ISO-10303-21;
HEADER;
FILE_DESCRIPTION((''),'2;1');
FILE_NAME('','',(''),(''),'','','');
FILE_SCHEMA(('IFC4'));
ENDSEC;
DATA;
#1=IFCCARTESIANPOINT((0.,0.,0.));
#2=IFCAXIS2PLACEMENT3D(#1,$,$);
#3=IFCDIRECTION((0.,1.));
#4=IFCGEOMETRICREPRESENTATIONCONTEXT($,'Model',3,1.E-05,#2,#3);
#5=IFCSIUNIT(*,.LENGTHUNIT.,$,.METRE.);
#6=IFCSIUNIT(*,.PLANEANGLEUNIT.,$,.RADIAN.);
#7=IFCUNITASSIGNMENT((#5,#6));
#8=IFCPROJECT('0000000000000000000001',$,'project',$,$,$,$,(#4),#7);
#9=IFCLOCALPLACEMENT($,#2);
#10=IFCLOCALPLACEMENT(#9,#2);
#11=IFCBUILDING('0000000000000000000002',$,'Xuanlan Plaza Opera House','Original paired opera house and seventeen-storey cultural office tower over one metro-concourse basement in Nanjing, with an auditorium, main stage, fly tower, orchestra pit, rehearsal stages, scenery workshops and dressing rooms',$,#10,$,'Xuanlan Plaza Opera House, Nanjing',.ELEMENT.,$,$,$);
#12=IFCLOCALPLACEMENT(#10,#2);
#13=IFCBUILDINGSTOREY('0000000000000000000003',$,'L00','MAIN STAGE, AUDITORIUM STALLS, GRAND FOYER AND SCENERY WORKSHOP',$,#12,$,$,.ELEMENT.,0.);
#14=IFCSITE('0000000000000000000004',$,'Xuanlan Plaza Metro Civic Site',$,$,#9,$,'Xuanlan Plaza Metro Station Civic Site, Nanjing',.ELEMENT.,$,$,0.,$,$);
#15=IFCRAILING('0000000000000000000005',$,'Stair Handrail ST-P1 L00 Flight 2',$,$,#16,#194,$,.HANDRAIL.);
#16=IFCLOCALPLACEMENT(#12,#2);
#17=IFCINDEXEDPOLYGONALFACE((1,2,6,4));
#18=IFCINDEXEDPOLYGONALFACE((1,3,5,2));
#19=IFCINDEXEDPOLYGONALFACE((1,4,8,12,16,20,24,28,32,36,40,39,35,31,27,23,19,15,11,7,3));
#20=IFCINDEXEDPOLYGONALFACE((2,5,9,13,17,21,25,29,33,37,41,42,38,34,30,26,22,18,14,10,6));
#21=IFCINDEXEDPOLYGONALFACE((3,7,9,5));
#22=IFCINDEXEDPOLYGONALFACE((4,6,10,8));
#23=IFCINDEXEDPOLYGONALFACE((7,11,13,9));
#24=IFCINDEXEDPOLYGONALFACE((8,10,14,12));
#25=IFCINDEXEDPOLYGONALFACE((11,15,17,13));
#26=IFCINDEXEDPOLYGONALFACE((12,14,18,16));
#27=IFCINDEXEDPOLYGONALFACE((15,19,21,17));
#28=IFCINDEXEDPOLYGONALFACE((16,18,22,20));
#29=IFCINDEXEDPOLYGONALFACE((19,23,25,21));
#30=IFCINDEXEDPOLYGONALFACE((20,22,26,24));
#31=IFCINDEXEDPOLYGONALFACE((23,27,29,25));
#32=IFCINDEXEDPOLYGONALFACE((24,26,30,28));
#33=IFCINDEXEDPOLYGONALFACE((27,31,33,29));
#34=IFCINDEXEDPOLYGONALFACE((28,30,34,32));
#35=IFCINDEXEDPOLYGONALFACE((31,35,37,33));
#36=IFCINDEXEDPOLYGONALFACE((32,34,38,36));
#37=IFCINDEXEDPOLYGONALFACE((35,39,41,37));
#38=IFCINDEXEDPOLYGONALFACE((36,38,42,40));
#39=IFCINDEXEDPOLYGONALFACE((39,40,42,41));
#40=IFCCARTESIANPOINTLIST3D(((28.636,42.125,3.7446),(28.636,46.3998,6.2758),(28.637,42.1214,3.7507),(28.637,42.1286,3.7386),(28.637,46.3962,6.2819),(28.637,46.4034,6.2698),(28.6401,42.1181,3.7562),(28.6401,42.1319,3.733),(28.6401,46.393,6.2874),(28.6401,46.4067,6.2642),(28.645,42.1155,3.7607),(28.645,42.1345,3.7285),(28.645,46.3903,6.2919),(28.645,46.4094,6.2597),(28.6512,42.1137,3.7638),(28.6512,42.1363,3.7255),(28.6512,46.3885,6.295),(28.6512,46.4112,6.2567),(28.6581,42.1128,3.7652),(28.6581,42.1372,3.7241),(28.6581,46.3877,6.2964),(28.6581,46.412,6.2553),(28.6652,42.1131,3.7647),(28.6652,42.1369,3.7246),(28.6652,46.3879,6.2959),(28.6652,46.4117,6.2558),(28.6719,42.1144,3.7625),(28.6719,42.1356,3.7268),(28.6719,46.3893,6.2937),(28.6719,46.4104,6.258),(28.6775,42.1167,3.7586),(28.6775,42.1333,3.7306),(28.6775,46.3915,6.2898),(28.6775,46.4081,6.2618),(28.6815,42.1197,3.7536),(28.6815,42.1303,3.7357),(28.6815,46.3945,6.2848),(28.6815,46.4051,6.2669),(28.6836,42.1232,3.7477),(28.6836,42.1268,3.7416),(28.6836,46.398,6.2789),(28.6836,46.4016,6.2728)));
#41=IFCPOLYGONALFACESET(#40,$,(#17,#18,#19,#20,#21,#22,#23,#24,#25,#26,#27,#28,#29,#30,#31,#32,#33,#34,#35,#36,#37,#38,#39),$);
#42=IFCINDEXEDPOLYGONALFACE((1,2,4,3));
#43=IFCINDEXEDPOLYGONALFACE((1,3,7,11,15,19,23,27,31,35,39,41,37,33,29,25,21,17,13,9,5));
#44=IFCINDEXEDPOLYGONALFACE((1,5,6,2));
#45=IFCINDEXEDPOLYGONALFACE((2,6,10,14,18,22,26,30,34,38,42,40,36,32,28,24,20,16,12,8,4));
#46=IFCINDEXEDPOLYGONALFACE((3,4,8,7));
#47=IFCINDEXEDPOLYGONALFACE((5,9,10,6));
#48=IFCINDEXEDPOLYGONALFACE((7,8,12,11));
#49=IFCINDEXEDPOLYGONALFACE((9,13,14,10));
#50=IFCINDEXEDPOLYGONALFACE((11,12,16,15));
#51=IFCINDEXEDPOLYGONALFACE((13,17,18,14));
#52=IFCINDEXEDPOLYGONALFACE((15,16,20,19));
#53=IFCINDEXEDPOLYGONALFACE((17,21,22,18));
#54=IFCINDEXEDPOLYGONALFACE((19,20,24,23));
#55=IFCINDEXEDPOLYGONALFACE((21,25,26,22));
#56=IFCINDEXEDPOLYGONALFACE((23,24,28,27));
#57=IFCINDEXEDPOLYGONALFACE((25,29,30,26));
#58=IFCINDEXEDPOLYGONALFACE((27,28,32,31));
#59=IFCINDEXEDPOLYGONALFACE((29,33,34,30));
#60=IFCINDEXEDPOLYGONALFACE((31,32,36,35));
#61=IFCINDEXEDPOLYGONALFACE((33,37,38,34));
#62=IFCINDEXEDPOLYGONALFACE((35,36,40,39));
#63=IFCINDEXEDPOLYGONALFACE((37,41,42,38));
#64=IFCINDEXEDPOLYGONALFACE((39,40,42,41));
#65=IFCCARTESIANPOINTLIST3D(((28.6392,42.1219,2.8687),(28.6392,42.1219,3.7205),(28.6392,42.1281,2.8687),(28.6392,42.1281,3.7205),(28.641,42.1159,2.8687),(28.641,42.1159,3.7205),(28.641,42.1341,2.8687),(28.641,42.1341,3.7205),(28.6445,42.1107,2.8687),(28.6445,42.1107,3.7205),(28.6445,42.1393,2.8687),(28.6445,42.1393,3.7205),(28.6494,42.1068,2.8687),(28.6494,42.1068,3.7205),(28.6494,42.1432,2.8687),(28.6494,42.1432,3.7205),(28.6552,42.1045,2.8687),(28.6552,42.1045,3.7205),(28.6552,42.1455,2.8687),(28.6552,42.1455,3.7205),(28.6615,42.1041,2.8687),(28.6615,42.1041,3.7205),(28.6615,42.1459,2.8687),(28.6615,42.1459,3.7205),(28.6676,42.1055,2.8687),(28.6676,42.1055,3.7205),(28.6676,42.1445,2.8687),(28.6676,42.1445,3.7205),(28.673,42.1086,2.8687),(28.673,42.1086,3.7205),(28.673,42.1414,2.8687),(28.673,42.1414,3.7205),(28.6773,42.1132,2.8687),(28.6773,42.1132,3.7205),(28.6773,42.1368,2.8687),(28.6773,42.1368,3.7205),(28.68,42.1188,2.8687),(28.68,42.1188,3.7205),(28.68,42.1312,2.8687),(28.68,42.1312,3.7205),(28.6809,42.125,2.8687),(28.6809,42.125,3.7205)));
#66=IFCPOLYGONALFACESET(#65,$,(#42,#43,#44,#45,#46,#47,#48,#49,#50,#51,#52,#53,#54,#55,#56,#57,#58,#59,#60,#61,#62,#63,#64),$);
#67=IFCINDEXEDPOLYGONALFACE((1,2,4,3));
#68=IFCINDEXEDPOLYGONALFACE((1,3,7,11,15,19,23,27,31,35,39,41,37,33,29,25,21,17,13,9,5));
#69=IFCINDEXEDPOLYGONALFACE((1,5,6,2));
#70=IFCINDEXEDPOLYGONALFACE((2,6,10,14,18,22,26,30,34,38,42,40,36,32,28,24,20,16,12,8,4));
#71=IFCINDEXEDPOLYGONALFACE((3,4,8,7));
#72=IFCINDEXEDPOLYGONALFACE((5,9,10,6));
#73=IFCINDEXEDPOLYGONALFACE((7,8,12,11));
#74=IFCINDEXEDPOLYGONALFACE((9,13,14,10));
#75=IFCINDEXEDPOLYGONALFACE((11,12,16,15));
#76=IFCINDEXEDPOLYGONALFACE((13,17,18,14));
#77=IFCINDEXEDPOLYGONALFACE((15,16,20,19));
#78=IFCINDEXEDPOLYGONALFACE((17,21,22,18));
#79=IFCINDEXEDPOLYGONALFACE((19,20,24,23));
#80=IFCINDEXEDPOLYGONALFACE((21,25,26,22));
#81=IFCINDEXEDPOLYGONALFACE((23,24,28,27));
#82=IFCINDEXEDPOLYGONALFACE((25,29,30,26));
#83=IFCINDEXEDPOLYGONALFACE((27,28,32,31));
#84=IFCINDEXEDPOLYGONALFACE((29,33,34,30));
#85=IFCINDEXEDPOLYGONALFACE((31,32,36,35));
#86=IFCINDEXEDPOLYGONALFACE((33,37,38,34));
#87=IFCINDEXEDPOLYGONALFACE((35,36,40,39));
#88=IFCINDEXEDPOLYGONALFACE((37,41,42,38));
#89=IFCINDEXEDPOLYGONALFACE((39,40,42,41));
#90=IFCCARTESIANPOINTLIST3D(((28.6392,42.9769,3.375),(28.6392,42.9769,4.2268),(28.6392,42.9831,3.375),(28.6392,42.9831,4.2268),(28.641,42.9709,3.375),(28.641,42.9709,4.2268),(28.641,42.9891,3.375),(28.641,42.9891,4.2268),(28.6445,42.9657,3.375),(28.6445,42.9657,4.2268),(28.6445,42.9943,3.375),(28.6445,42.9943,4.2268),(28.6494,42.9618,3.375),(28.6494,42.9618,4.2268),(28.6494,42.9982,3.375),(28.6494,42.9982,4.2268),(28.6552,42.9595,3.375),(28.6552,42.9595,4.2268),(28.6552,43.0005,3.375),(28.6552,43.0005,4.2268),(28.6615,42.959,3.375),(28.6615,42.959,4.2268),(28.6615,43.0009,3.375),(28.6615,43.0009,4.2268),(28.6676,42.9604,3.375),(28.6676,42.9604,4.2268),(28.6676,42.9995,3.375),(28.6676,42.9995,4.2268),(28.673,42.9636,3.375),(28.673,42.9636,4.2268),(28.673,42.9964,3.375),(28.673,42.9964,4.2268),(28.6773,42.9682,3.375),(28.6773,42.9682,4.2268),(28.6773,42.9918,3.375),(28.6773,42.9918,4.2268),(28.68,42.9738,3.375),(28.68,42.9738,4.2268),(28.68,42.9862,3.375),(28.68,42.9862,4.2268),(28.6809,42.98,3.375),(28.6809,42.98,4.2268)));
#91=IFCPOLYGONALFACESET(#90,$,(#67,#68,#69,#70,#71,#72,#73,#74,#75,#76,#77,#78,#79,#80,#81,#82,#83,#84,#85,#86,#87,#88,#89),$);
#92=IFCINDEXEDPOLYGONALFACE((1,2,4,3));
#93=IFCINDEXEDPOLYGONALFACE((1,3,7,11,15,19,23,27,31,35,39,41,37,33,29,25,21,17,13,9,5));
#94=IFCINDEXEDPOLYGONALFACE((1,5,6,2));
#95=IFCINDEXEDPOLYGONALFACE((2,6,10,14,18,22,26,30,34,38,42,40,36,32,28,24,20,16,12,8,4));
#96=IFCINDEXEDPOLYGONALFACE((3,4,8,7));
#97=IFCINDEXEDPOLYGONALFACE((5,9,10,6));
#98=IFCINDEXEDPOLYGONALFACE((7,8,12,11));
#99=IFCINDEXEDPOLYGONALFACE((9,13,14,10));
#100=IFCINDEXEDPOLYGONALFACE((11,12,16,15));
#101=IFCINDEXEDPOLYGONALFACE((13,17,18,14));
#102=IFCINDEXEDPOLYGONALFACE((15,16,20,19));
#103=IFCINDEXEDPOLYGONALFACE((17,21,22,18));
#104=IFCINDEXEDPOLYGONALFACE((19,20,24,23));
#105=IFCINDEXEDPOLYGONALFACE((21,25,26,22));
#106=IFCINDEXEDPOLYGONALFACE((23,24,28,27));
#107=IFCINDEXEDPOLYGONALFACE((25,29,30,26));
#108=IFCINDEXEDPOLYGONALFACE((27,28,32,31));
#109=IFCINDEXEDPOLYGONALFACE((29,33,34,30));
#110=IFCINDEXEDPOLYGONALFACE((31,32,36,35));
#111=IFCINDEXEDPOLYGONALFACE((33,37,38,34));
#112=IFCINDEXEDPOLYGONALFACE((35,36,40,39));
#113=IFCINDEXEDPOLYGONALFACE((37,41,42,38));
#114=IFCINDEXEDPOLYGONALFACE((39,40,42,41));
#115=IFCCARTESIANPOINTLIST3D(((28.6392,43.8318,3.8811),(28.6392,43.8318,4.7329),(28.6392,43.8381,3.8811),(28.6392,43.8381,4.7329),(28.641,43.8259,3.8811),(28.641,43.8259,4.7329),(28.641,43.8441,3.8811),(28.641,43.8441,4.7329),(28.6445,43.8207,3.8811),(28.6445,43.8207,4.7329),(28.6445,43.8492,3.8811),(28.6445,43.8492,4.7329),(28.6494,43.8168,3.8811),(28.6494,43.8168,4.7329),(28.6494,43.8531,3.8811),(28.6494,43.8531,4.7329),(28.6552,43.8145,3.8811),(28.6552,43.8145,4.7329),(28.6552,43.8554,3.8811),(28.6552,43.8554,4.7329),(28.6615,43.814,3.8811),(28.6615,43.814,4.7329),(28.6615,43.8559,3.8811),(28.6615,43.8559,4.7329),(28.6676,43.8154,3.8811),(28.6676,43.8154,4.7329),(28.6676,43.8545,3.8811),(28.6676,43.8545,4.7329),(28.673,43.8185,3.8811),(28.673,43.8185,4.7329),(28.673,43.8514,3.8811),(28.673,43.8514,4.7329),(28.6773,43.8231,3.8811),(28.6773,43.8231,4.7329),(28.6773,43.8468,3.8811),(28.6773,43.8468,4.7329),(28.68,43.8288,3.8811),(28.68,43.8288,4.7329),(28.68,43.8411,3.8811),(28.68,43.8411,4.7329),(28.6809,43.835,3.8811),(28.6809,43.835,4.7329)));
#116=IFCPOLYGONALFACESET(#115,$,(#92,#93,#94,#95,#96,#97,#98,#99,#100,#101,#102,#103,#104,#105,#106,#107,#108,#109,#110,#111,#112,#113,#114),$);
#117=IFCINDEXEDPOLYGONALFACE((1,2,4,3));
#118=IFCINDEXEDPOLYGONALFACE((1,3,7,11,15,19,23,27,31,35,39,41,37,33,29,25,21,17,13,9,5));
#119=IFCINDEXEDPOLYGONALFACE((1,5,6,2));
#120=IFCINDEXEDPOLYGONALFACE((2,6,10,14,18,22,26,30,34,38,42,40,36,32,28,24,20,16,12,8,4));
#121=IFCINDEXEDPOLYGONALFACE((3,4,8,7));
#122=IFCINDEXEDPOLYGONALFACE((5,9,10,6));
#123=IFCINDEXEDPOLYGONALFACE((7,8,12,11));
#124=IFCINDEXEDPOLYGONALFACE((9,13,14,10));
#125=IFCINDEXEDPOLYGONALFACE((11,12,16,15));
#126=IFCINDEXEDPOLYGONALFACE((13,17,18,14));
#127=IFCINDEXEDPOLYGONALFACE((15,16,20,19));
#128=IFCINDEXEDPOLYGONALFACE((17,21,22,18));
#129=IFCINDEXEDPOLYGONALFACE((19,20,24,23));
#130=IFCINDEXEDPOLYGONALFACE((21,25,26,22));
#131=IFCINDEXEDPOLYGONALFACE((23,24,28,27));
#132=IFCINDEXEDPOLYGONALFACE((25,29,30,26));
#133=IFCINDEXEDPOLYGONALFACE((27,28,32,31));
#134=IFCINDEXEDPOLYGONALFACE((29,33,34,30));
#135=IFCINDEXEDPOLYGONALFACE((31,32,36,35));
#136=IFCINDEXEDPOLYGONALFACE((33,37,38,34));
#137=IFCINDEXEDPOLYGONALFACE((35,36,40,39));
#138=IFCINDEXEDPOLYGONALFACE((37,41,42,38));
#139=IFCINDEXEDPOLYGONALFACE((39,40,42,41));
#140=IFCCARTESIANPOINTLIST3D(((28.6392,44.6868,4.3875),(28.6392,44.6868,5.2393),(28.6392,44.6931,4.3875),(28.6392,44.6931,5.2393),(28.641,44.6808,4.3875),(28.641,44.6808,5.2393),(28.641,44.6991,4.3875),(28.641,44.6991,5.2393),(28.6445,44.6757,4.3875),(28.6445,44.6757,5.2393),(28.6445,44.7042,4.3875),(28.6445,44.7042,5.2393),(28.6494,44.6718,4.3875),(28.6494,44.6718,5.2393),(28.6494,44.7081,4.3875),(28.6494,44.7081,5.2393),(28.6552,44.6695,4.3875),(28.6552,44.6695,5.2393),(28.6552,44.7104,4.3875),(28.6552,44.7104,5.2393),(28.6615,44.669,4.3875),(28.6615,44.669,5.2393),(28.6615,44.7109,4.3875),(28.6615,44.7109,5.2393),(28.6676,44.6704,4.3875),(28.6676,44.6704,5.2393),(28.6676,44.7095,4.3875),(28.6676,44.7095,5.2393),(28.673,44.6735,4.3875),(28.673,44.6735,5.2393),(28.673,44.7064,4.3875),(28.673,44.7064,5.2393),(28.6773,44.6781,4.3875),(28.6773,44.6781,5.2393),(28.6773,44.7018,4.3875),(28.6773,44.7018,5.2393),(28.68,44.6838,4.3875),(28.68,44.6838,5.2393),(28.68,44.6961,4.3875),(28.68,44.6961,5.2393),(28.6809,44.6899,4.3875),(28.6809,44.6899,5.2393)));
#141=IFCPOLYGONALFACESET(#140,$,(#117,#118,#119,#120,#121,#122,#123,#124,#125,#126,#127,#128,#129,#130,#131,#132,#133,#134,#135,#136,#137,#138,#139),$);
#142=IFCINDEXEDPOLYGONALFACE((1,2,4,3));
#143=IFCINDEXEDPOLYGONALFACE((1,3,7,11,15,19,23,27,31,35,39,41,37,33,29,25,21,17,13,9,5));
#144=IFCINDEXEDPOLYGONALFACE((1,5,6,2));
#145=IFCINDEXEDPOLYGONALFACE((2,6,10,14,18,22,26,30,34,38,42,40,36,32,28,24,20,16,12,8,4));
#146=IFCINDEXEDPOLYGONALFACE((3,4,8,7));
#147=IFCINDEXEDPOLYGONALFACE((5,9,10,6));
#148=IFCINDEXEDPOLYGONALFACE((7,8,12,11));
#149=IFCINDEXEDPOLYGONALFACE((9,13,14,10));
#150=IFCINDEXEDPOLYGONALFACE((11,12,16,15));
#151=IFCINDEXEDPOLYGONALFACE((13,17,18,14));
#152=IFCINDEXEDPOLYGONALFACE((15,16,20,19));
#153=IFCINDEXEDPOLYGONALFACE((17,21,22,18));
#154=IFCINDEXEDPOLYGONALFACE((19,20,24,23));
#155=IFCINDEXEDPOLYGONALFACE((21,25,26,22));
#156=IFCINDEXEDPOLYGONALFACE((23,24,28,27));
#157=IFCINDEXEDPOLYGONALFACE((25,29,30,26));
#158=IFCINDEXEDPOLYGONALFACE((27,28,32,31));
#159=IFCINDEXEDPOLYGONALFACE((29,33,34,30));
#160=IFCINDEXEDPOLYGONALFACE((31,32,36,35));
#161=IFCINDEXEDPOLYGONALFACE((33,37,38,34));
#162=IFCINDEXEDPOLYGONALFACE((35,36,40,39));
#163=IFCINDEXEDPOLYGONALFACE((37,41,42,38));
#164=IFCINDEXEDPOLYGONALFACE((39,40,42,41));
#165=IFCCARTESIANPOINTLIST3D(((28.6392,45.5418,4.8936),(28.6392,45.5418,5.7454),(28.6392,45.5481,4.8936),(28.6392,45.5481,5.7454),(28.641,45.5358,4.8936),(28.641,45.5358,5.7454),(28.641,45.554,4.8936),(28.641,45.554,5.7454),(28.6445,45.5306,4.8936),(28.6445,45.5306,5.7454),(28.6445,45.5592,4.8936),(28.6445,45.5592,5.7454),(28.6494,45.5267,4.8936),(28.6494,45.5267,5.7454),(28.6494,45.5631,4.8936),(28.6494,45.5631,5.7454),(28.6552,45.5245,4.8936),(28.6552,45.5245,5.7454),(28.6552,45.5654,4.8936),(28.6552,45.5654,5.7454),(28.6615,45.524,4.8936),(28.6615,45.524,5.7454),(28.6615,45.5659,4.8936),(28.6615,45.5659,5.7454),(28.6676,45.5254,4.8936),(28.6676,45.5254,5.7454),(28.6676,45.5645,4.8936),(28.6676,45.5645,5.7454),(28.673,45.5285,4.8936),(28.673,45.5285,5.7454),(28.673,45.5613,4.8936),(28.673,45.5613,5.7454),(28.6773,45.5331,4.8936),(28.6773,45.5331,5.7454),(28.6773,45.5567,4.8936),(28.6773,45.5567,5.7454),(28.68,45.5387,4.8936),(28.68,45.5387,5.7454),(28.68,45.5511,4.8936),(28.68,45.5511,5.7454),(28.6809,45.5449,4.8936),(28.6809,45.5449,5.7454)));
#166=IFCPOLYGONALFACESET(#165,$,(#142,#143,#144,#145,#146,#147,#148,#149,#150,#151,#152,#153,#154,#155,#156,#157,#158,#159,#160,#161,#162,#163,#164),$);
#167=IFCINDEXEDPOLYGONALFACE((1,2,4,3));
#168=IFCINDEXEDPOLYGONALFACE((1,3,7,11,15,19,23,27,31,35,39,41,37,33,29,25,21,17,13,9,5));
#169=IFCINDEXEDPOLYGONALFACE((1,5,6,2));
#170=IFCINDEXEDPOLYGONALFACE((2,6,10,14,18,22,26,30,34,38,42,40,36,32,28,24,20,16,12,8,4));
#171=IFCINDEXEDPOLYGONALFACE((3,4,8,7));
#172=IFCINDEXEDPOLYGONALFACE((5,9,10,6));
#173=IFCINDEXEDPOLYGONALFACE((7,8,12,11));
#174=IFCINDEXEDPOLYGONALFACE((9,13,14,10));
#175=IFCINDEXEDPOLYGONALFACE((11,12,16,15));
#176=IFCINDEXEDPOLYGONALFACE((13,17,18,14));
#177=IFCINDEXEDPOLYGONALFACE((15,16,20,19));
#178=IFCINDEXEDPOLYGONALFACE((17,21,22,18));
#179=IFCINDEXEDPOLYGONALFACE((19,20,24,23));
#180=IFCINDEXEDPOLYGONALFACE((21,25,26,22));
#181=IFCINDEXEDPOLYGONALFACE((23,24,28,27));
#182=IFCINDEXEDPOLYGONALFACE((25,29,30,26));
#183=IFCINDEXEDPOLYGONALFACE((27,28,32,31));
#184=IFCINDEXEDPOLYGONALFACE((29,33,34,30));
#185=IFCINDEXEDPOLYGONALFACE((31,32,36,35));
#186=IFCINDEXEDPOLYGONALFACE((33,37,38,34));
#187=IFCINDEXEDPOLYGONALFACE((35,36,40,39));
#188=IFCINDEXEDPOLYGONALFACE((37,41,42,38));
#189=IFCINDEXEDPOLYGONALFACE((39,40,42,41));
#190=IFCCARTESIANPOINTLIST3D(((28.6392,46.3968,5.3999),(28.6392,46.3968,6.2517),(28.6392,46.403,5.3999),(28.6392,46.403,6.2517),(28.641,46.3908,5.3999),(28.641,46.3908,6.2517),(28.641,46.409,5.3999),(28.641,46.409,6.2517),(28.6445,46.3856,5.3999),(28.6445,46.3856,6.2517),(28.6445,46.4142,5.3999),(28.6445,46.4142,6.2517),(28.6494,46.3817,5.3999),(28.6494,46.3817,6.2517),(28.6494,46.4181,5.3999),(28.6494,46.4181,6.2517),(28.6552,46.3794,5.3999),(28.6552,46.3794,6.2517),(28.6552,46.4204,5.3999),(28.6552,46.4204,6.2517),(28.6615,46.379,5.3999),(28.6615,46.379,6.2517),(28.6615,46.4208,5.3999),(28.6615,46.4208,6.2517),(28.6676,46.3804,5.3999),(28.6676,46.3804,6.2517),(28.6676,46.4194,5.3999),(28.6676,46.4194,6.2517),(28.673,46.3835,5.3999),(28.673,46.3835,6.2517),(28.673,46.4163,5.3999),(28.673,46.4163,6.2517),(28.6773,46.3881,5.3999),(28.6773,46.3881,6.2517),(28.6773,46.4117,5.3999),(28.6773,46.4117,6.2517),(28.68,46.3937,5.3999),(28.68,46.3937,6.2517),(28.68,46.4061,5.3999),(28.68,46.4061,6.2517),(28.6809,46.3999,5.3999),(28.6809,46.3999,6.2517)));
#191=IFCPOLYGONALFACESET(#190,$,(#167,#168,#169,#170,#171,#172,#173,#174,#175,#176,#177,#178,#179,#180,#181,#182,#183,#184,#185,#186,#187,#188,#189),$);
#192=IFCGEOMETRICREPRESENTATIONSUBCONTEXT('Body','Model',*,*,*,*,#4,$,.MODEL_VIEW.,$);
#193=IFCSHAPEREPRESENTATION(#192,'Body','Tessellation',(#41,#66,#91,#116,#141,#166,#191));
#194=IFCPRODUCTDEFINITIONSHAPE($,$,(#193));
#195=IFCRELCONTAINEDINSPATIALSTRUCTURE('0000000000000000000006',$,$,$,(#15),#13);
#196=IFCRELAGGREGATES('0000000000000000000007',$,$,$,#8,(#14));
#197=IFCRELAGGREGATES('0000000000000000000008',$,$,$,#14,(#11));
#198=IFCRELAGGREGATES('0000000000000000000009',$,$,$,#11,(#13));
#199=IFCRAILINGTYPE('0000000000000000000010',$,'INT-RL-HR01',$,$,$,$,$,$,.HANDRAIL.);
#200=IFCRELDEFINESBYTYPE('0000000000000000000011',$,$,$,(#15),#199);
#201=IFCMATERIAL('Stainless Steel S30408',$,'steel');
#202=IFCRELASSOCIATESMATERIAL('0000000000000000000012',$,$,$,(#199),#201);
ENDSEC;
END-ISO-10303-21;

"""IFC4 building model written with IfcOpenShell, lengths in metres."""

from ifc_helpers import new_model, si_unit, direction, frame, origin, origin_2d, place, context, subcontext, project, spatial, circle, extrude, material, type_object, element, save


model = new_model("IFC4")

# Units and contexts
model_context = context("Model", 3, precision=1e-05, world=origin(), true_north=direction((0.0, 1.0)))
body_context = subcontext(model_context, "Body", "Model", "MODEL_VIEW")
ifc_project = project(units=[si_unit("LENGTHUNIT", "METRE"), si_unit("PLANEANGLEUNIT", "RADIAN")], contexts=[model_context])

# Site, building, storey
site_placement = place(None, origin())
site = spatial("IfcSite", under=ifc_project, at=site_placement, Name="Xuanlan Plaza Metro Civic Site", LongName="Xuanlan Plaza Metro Station Civic Site, Nanjing", CompositionType="ELEMENT", RefElevation=0.0)
building_placement = place(site_placement, origin())
building = spatial("IfcBuilding", under=site, at=building_placement, Name="Xuanlan Plaza Opera House", Description="Original paired opera house and seventeen-storey cultural office tower over one metro-concourse basement in Nanjing, with an auditorium, main stage, fly tower, orchestra pit, rehearsal stages, scenery workshops and dressing rooms", LongName="Xuanlan Plaza Opera House, Nanjing", CompositionType="ELEMENT")
storey_placement = place(building_placement, origin())
storey = spatial("IfcBuildingStorey", under=building, at=storey_placement, Name="L00", Description="MAIN STAGE, AUDITORIUM STALLS, GRAND FOYER AND SCENERY WORKSHOP", CompositionType="ELEMENT", Elevation=0.0)

# Railing
ifc_material_1 = material(Name="Stainless Steel S30408", Category="steel")
railing_type = type_object("IfcRailingType", Name="INT-RL-HR01", PredefinedType="HANDRAIL", material=ifc_material_1)
for number, where, name in (
    (1, (28.6599, 42.125, 2.8687), "Stair Handrail ST-P1 L00 Flight 2"),
):
    element("IfcRailing", number, at=place(storey_placement, frame(where)), inside=storey, type_object=railing_type, Name=name, PredefinedType="HANDRAIL", context=body_context, shape_type="SweptSolid", body=[
        extrude(circle(Radius=0.0239, at=origin_2d()), frame((0.0, 0.0, 0.876), z_axis=(0.0, 0.86047, 0.509501), x_axis=(-1.0, 0.0, 0.0)), (0.0, 0.0, 1.0), 4.968),
        extrude(circle(Radius=0.021, at=origin_2d()), origin(), (0.0, 0.0, 1.0), 0.8518),
        extrude(circle(Radius=0.021, at=origin_2d()), frame((0.0, 0.855, 0.5063)), (0.0, 0.0, 1.0), 0.8518),
        extrude(circle(Radius=0.021, at=origin_2d()), frame((0.0, 1.71, 1.0125)), (0.0, 0.0, 1.0), 0.8518),
        extrude(circle(Radius=0.021, at=origin_2d()), frame((0.0, 2.5649, 1.5188)), (0.0, 0.0, 1.0), 0.8518),
        extrude(circle(Radius=0.021, at=origin_2d()), frame((0.0, 3.4199, 2.0249)), (0.0, 0.0, 1.0), 0.8518),
        extrude(circle(Radius=0.021, at=origin_2d()), frame((0.0, 4.2749, 2.5312)), (0.0, 0.0, 1.0), 0.8518),
    ])

save(model, "model.ifc")
